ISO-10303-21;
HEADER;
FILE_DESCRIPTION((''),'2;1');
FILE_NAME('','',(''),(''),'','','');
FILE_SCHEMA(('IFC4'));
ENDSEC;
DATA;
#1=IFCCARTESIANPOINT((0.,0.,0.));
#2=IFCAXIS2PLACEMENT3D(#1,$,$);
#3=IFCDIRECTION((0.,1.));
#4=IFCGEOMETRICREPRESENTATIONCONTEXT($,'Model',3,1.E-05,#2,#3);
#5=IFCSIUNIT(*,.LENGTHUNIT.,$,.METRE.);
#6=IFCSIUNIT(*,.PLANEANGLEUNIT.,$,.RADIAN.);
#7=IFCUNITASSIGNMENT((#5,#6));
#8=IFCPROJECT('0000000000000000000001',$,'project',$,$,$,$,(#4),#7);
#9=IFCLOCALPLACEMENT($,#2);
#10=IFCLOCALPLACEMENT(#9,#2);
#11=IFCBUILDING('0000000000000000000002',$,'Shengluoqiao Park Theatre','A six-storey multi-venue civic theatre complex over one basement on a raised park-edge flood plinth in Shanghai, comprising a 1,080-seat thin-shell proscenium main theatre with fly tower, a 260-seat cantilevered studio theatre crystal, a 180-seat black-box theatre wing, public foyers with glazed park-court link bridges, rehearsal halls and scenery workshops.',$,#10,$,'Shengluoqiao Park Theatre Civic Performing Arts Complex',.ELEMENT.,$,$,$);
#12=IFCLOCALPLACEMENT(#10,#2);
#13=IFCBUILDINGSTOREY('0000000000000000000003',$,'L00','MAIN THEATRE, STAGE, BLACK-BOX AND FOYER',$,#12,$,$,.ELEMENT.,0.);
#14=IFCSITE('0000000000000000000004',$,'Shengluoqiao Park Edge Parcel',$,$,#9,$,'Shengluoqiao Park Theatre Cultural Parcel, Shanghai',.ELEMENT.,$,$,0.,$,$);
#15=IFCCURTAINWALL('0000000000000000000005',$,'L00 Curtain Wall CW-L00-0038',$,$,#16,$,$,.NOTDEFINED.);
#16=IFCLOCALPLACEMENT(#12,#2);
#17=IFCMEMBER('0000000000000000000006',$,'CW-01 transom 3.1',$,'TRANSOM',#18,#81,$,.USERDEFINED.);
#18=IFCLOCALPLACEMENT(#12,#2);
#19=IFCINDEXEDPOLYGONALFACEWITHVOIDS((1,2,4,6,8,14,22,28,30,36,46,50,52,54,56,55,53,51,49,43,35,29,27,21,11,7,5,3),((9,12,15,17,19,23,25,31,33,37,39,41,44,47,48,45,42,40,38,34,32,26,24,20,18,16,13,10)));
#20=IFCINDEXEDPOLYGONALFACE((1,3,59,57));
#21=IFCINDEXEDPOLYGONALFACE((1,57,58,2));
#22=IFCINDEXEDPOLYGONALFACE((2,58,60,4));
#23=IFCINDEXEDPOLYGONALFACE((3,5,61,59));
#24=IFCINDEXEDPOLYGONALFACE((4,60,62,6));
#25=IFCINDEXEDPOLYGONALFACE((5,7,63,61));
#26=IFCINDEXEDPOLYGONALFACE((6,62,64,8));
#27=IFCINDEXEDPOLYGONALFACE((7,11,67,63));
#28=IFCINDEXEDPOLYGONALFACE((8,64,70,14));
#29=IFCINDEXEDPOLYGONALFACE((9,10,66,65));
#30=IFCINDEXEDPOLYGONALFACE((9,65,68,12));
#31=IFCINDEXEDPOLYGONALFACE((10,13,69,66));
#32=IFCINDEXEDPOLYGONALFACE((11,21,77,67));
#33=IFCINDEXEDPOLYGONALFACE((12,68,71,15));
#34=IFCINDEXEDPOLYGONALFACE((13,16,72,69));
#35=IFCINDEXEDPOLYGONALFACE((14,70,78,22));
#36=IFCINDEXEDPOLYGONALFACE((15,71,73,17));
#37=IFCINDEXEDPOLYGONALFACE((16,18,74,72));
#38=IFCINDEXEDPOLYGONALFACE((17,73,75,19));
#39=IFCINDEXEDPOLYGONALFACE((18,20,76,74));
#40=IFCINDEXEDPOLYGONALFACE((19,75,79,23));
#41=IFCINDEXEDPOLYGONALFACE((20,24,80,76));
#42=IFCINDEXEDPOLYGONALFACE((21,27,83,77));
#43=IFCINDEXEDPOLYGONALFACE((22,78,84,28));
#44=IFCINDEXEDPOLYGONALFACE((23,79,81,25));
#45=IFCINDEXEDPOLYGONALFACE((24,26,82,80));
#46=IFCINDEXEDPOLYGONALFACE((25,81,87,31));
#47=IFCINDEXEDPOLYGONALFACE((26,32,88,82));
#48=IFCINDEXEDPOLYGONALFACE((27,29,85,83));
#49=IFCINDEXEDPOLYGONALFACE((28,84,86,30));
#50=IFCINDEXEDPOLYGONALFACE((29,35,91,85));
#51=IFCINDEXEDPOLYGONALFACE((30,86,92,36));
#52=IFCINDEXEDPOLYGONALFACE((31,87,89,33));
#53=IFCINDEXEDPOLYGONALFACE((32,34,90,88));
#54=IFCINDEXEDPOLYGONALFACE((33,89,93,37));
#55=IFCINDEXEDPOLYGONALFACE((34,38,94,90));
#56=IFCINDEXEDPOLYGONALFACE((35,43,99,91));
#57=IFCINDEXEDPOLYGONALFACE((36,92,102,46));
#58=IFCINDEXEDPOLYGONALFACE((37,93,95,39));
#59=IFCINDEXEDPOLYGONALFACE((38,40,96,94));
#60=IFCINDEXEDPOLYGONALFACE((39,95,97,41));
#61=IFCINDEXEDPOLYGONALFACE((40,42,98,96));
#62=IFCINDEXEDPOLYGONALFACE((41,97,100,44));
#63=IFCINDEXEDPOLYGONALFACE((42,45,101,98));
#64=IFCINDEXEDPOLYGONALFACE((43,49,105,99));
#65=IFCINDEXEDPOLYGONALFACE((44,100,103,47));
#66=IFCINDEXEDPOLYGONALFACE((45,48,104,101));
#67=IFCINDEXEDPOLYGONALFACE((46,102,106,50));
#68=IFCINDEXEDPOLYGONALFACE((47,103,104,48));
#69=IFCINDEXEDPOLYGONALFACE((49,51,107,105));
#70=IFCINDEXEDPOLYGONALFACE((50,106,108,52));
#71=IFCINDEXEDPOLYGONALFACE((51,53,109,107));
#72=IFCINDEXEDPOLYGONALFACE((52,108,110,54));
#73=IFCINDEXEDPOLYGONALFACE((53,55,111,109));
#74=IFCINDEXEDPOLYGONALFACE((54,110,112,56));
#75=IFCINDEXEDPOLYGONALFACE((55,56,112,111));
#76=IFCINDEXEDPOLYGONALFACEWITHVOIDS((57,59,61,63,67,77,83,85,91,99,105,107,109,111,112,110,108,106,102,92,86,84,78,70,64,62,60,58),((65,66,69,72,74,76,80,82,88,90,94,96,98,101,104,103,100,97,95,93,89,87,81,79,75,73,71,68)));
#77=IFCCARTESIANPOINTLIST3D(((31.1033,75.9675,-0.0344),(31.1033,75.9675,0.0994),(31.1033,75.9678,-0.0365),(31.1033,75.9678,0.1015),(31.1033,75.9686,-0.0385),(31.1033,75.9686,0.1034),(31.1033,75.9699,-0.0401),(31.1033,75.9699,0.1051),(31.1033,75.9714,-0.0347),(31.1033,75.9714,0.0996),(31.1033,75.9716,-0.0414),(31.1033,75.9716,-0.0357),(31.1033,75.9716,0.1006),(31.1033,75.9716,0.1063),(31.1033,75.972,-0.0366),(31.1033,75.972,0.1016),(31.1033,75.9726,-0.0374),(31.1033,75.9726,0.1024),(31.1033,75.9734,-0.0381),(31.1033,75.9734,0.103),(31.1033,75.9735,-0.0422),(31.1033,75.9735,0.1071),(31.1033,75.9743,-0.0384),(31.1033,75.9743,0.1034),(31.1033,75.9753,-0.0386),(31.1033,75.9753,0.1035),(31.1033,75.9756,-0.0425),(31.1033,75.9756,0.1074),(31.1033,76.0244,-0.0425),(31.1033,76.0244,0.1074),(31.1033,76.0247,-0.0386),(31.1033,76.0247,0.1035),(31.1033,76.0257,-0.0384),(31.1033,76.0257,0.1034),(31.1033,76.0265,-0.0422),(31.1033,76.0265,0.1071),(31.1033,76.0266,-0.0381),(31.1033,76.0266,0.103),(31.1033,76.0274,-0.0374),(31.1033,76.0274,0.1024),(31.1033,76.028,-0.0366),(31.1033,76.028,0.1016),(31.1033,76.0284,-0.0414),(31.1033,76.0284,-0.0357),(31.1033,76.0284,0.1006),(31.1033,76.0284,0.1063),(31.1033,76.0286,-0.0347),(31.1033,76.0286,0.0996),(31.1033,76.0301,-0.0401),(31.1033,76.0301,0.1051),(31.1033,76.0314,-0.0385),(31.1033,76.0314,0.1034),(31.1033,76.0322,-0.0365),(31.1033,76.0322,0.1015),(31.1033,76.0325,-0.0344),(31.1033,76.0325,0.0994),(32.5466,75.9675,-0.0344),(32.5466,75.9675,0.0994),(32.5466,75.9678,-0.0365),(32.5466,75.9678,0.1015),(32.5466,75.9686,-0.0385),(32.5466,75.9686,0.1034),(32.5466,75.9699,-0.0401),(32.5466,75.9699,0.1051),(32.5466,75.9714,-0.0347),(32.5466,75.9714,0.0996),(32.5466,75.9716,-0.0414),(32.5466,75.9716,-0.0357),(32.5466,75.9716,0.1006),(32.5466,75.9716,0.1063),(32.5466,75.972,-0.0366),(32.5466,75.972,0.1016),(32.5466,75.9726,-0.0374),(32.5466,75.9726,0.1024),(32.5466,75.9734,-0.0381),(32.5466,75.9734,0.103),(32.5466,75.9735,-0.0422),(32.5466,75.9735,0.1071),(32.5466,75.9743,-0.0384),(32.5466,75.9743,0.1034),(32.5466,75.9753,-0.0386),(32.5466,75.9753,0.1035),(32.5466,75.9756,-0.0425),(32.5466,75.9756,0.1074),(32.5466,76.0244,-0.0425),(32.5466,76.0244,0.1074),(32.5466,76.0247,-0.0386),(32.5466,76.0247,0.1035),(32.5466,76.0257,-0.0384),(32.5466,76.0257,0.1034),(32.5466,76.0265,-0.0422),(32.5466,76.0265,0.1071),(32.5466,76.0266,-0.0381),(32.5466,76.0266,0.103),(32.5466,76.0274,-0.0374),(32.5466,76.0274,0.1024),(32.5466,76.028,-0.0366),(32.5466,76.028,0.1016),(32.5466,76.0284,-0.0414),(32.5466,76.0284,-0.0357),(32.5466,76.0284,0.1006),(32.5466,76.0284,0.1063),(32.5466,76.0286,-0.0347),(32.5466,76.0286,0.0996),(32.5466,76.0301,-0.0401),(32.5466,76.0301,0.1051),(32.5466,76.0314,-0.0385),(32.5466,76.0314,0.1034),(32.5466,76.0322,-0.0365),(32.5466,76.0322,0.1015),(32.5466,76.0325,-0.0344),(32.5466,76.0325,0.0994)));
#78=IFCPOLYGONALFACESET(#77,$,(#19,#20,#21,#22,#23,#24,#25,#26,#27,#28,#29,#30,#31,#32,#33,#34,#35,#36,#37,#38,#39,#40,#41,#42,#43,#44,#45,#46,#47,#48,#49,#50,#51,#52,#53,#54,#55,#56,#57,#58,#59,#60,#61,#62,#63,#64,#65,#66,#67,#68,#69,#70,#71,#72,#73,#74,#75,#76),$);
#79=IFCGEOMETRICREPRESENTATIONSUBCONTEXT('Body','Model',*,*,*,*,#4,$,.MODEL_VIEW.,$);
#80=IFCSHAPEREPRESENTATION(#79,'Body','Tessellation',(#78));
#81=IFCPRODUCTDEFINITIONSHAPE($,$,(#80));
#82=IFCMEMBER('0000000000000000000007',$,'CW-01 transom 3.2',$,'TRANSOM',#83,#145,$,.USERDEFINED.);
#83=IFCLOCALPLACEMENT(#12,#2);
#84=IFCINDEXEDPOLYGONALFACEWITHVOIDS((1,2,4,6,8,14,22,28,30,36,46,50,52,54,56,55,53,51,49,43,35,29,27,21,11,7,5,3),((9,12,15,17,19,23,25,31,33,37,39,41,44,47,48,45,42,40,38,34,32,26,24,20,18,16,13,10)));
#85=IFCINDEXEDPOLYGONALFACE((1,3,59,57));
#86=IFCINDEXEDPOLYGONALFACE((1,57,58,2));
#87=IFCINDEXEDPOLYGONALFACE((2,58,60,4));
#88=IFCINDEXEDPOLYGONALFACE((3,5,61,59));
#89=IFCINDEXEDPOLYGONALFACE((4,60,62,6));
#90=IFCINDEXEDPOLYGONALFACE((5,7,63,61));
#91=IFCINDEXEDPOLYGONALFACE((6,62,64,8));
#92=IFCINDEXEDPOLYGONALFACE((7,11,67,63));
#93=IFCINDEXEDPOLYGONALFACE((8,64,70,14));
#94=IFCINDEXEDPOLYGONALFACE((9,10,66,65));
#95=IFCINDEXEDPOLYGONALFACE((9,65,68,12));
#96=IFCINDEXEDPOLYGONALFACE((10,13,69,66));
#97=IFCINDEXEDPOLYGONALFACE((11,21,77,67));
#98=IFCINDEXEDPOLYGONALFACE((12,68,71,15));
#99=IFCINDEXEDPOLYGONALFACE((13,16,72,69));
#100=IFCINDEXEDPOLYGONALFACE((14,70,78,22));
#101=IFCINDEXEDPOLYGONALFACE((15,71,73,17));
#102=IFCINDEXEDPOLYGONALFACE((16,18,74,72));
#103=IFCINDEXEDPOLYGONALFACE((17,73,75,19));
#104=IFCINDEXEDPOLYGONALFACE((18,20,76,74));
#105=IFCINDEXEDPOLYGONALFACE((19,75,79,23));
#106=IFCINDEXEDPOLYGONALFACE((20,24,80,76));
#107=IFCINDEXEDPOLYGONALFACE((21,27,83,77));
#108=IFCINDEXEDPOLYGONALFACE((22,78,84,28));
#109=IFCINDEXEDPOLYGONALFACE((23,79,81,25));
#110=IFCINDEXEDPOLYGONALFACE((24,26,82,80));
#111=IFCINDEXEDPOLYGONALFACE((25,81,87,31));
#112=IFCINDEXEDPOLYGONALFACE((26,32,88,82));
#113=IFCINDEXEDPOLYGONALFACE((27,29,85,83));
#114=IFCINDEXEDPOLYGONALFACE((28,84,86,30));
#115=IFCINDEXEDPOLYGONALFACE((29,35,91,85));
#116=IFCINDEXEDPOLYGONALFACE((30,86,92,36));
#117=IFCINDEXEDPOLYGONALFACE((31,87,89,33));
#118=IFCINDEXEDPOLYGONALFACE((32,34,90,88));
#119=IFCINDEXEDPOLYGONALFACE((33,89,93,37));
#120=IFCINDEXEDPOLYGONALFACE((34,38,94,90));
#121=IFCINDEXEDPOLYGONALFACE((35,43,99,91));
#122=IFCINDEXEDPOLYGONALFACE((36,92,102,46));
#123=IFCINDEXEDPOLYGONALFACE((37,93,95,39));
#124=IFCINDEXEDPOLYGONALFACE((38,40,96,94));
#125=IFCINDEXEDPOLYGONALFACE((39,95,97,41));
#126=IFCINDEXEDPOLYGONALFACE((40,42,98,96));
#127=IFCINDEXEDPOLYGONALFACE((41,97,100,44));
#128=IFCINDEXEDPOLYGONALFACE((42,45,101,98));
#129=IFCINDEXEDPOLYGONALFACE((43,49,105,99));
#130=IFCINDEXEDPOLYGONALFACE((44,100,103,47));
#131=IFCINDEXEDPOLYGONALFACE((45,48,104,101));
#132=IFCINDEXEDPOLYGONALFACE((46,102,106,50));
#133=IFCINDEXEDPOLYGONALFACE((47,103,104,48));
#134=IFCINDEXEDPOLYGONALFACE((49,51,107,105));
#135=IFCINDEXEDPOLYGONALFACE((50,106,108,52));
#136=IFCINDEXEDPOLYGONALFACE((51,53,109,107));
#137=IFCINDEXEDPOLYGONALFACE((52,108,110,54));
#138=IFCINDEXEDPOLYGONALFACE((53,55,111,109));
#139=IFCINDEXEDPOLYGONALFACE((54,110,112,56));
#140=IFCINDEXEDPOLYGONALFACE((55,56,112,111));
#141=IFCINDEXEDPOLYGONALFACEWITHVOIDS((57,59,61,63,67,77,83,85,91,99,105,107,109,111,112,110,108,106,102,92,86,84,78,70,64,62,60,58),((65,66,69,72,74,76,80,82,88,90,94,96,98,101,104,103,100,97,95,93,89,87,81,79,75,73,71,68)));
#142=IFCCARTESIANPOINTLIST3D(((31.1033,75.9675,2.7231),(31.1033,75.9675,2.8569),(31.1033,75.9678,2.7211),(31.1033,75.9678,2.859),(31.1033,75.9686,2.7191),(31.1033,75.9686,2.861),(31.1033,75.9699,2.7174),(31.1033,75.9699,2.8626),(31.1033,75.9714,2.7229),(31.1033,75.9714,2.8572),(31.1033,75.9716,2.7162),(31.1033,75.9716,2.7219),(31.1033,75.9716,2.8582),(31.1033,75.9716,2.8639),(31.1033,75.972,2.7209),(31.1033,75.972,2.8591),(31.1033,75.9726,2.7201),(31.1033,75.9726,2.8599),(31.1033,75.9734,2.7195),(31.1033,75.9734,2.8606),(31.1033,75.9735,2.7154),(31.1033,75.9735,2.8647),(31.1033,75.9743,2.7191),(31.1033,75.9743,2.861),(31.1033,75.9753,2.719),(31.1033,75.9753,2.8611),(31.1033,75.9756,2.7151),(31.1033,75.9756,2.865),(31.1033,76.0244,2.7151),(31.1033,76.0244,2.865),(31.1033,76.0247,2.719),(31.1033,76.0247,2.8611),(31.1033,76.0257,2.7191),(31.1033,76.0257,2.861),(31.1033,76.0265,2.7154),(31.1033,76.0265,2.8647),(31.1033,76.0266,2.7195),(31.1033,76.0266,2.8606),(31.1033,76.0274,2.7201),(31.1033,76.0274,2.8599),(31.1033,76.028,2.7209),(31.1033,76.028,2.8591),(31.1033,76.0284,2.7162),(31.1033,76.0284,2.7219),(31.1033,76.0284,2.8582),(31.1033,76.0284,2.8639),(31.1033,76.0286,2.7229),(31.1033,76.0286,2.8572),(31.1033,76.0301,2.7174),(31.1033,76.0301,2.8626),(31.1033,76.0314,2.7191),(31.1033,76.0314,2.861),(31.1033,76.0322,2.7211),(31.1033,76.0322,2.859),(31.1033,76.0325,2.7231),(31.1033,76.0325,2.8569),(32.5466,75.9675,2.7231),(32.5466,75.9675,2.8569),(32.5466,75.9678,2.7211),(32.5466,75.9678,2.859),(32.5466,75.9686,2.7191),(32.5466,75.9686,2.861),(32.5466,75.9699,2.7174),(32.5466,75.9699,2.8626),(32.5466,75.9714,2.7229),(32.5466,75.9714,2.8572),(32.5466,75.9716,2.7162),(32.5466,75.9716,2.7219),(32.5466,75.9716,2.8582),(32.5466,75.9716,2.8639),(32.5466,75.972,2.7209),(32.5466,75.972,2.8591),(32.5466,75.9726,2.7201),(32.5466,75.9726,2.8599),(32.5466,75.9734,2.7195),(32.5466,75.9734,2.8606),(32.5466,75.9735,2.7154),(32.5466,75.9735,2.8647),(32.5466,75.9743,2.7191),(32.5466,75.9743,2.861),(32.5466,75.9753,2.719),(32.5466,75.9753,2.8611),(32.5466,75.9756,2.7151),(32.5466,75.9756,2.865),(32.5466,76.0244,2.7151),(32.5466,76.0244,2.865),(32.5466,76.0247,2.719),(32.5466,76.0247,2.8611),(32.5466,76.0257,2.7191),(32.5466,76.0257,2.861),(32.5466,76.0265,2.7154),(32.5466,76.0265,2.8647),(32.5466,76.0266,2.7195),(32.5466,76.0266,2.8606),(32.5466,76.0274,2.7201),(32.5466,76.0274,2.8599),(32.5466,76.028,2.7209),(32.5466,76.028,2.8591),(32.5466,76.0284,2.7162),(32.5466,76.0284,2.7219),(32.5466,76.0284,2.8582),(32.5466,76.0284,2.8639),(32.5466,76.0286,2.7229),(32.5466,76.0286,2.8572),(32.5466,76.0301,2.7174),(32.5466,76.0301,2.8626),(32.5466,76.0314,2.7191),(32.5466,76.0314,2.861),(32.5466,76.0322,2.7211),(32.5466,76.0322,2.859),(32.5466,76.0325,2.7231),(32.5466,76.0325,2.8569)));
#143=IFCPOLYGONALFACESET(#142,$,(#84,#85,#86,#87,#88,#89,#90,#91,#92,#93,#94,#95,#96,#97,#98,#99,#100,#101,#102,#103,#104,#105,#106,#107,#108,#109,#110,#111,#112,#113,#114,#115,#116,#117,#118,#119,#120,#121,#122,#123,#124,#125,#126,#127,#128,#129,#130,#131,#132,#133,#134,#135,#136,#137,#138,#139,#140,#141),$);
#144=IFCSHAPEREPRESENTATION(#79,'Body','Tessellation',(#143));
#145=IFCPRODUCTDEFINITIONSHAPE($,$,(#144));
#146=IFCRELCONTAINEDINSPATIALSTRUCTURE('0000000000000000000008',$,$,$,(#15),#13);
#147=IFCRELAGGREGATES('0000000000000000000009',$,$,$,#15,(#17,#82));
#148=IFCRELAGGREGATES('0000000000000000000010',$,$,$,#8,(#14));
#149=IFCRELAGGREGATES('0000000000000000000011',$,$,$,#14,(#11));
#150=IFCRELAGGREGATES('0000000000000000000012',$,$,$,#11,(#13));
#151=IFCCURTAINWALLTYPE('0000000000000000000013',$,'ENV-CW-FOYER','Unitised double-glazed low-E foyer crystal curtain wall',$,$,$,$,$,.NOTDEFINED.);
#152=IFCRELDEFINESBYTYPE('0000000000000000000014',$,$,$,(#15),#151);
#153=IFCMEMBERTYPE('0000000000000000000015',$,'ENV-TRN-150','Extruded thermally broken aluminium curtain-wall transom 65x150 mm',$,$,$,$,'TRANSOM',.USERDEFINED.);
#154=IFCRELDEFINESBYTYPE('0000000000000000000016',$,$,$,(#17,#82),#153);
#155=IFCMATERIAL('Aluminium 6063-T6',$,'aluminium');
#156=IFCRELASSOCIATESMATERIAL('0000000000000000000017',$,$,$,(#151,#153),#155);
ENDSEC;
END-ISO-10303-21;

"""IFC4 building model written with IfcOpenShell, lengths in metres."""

from ifc_helpers import new_model, si_unit, direction, frame, origin, origin_2d, place, context, subcontext, project, spatial, hollow_rectangle, extrude, material, material_profile, profile_set, type_object, element, aggregate, save


model = new_model("IFC4")

# Units and contexts
model_context = context("Model", 3, precision=1e-05, world=origin(), true_north=direction((0.0, 1.0)))
body_context = subcontext(model_context, "Body", "Model", "MODEL_VIEW")
ifc_project = project(units=[si_unit("LENGTHUNIT", "METRE"), si_unit("PLANEANGLEUNIT", "RADIAN")], contexts=[model_context])

# Site, building, storey
site_placement = place(None, origin())
site = spatial("IfcSite", under=ifc_project, at=site_placement, Name="Shengluoqiao Park Edge Parcel", LongName="Shengluoqiao Park Theatre Cultural Parcel, Shanghai", CompositionType="ELEMENT", RefElevation=0.0)
building_placement = place(site_placement, origin())
building = spatial("IfcBuilding", under=site, at=building_placement, Name="Shengluoqiao Park Theatre", Description="A six-storey multi-venue civic theatre complex over one basement on a raised park-edge flood plinth in Shanghai, comprising a 1,080-seat thin-shell proscenium main theatre with fly tower, a 260-seat cantilevered studio theatre crystal, a 180-seat black-box theatre wing, public foyers with glazed park-court link bridges, rehearsal halls and scenery workshops.", LongName="Shengluoqiao Park Theatre Civic Performing Arts Complex", CompositionType="ELEMENT")
storey_placement = place(building_placement, origin())
storey = spatial("IfcBuildingStorey", under=building, at=storey_placement, Name="L00", Description="MAIN THEATRE, STAGE, BLACK-BOX AND FOYER", CompositionType="ELEMENT", Elevation=0.0)

# Curtain wall, members
ifc_material_1 = material(Name="Aluminium 6063-T6", Category="aluminium")
curtain_wall_type = type_object("IfcCurtainWallType", Name="ENV-CW-FOYER", Description="Unitised double-glazed low-E foyer crystal curtain wall", PredefinedType="NOTDEFINED", material=ifc_material_1)
curtain_wall_placement = place(storey_placement, origin())
curtain_wall = element("IfcCurtainWall", 1, at=curtain_wall_placement, inside=storey, type_object=curtain_wall_type, Name="L00 Curtain Wall CW-L00-0038", PredefinedType="NOTDEFINED")
ifc_material_profile_1 = material_profile(ifc_material_1, hollow_rectangle(XDim=0.0649, YDim=0.1499, WallThickness=0.0039, InnerFilletRadius=0.0039, OuterFilletRadius=0.0081, at=origin_2d()), Name="ALU TRANSOM 150x65x4")
ifc_profile_set_1 = profile_set([ifc_material_profile_1], Name="Aluminium 6063-T6")
member_type_1 = type_object("IfcMemberType", Name="ENV-TRN-150", Description="Extruded thermally broken aluminium curtain-wall transom 65x150 mm", ElementType="TRANSOM", PredefinedType="USERDEFINED", material=ifc_profile_set_1)
member_1_placement = place(storey_placement, frame((31.1033, 76.0, 0.0325), z_axis=(1.0, 0.0, 0.0), x_axis=(0.0, 1.0, 0.0)))
member_1 = element("IfcMember", 2, at=member_1_placement, type_object=member_type_1, Name="CW-01 transom 3.1", ObjectType="TRANSOM", PredefinedType="USERDEFINED", context=body_context, shape_type="SweptSolid", body=[
    extrude(hollow_rectangle(XDim=0.0649, YDim=0.1499, WallThickness=0.0039, InnerFilletRadius=0.0039, OuterFilletRadius=0.0081, at=origin_2d()), origin(), (0.0, 0.0, 1.0), 1.4434),
])
member_2_placement = place(storey_placement, frame((31.1033, 76.0, 2.79), z_axis=(1.0, 0.0, 0.0), x_axis=(0.0, 1.0, 0.0)))
member_2 = element("IfcMember", 3, at=member_2_placement, type_object=member_type_1, Name="CW-01 transom 3.2", ObjectType="TRANSOM", PredefinedType="USERDEFINED", context=body_context, shape_type="SweptSolid", body=[
    extrude(hollow_rectangle(XDim=0.0649, YDim=0.1499, WallThickness=0.0039, InnerFilletRadius=0.0039, OuterFilletRadius=0.0081, at=origin_2d()), origin(), (0.0, 0.0, 1.0), 1.4434),
])
aggregate(curtain_wall, [member_1, member_2])

save(model, "model.ifc")
